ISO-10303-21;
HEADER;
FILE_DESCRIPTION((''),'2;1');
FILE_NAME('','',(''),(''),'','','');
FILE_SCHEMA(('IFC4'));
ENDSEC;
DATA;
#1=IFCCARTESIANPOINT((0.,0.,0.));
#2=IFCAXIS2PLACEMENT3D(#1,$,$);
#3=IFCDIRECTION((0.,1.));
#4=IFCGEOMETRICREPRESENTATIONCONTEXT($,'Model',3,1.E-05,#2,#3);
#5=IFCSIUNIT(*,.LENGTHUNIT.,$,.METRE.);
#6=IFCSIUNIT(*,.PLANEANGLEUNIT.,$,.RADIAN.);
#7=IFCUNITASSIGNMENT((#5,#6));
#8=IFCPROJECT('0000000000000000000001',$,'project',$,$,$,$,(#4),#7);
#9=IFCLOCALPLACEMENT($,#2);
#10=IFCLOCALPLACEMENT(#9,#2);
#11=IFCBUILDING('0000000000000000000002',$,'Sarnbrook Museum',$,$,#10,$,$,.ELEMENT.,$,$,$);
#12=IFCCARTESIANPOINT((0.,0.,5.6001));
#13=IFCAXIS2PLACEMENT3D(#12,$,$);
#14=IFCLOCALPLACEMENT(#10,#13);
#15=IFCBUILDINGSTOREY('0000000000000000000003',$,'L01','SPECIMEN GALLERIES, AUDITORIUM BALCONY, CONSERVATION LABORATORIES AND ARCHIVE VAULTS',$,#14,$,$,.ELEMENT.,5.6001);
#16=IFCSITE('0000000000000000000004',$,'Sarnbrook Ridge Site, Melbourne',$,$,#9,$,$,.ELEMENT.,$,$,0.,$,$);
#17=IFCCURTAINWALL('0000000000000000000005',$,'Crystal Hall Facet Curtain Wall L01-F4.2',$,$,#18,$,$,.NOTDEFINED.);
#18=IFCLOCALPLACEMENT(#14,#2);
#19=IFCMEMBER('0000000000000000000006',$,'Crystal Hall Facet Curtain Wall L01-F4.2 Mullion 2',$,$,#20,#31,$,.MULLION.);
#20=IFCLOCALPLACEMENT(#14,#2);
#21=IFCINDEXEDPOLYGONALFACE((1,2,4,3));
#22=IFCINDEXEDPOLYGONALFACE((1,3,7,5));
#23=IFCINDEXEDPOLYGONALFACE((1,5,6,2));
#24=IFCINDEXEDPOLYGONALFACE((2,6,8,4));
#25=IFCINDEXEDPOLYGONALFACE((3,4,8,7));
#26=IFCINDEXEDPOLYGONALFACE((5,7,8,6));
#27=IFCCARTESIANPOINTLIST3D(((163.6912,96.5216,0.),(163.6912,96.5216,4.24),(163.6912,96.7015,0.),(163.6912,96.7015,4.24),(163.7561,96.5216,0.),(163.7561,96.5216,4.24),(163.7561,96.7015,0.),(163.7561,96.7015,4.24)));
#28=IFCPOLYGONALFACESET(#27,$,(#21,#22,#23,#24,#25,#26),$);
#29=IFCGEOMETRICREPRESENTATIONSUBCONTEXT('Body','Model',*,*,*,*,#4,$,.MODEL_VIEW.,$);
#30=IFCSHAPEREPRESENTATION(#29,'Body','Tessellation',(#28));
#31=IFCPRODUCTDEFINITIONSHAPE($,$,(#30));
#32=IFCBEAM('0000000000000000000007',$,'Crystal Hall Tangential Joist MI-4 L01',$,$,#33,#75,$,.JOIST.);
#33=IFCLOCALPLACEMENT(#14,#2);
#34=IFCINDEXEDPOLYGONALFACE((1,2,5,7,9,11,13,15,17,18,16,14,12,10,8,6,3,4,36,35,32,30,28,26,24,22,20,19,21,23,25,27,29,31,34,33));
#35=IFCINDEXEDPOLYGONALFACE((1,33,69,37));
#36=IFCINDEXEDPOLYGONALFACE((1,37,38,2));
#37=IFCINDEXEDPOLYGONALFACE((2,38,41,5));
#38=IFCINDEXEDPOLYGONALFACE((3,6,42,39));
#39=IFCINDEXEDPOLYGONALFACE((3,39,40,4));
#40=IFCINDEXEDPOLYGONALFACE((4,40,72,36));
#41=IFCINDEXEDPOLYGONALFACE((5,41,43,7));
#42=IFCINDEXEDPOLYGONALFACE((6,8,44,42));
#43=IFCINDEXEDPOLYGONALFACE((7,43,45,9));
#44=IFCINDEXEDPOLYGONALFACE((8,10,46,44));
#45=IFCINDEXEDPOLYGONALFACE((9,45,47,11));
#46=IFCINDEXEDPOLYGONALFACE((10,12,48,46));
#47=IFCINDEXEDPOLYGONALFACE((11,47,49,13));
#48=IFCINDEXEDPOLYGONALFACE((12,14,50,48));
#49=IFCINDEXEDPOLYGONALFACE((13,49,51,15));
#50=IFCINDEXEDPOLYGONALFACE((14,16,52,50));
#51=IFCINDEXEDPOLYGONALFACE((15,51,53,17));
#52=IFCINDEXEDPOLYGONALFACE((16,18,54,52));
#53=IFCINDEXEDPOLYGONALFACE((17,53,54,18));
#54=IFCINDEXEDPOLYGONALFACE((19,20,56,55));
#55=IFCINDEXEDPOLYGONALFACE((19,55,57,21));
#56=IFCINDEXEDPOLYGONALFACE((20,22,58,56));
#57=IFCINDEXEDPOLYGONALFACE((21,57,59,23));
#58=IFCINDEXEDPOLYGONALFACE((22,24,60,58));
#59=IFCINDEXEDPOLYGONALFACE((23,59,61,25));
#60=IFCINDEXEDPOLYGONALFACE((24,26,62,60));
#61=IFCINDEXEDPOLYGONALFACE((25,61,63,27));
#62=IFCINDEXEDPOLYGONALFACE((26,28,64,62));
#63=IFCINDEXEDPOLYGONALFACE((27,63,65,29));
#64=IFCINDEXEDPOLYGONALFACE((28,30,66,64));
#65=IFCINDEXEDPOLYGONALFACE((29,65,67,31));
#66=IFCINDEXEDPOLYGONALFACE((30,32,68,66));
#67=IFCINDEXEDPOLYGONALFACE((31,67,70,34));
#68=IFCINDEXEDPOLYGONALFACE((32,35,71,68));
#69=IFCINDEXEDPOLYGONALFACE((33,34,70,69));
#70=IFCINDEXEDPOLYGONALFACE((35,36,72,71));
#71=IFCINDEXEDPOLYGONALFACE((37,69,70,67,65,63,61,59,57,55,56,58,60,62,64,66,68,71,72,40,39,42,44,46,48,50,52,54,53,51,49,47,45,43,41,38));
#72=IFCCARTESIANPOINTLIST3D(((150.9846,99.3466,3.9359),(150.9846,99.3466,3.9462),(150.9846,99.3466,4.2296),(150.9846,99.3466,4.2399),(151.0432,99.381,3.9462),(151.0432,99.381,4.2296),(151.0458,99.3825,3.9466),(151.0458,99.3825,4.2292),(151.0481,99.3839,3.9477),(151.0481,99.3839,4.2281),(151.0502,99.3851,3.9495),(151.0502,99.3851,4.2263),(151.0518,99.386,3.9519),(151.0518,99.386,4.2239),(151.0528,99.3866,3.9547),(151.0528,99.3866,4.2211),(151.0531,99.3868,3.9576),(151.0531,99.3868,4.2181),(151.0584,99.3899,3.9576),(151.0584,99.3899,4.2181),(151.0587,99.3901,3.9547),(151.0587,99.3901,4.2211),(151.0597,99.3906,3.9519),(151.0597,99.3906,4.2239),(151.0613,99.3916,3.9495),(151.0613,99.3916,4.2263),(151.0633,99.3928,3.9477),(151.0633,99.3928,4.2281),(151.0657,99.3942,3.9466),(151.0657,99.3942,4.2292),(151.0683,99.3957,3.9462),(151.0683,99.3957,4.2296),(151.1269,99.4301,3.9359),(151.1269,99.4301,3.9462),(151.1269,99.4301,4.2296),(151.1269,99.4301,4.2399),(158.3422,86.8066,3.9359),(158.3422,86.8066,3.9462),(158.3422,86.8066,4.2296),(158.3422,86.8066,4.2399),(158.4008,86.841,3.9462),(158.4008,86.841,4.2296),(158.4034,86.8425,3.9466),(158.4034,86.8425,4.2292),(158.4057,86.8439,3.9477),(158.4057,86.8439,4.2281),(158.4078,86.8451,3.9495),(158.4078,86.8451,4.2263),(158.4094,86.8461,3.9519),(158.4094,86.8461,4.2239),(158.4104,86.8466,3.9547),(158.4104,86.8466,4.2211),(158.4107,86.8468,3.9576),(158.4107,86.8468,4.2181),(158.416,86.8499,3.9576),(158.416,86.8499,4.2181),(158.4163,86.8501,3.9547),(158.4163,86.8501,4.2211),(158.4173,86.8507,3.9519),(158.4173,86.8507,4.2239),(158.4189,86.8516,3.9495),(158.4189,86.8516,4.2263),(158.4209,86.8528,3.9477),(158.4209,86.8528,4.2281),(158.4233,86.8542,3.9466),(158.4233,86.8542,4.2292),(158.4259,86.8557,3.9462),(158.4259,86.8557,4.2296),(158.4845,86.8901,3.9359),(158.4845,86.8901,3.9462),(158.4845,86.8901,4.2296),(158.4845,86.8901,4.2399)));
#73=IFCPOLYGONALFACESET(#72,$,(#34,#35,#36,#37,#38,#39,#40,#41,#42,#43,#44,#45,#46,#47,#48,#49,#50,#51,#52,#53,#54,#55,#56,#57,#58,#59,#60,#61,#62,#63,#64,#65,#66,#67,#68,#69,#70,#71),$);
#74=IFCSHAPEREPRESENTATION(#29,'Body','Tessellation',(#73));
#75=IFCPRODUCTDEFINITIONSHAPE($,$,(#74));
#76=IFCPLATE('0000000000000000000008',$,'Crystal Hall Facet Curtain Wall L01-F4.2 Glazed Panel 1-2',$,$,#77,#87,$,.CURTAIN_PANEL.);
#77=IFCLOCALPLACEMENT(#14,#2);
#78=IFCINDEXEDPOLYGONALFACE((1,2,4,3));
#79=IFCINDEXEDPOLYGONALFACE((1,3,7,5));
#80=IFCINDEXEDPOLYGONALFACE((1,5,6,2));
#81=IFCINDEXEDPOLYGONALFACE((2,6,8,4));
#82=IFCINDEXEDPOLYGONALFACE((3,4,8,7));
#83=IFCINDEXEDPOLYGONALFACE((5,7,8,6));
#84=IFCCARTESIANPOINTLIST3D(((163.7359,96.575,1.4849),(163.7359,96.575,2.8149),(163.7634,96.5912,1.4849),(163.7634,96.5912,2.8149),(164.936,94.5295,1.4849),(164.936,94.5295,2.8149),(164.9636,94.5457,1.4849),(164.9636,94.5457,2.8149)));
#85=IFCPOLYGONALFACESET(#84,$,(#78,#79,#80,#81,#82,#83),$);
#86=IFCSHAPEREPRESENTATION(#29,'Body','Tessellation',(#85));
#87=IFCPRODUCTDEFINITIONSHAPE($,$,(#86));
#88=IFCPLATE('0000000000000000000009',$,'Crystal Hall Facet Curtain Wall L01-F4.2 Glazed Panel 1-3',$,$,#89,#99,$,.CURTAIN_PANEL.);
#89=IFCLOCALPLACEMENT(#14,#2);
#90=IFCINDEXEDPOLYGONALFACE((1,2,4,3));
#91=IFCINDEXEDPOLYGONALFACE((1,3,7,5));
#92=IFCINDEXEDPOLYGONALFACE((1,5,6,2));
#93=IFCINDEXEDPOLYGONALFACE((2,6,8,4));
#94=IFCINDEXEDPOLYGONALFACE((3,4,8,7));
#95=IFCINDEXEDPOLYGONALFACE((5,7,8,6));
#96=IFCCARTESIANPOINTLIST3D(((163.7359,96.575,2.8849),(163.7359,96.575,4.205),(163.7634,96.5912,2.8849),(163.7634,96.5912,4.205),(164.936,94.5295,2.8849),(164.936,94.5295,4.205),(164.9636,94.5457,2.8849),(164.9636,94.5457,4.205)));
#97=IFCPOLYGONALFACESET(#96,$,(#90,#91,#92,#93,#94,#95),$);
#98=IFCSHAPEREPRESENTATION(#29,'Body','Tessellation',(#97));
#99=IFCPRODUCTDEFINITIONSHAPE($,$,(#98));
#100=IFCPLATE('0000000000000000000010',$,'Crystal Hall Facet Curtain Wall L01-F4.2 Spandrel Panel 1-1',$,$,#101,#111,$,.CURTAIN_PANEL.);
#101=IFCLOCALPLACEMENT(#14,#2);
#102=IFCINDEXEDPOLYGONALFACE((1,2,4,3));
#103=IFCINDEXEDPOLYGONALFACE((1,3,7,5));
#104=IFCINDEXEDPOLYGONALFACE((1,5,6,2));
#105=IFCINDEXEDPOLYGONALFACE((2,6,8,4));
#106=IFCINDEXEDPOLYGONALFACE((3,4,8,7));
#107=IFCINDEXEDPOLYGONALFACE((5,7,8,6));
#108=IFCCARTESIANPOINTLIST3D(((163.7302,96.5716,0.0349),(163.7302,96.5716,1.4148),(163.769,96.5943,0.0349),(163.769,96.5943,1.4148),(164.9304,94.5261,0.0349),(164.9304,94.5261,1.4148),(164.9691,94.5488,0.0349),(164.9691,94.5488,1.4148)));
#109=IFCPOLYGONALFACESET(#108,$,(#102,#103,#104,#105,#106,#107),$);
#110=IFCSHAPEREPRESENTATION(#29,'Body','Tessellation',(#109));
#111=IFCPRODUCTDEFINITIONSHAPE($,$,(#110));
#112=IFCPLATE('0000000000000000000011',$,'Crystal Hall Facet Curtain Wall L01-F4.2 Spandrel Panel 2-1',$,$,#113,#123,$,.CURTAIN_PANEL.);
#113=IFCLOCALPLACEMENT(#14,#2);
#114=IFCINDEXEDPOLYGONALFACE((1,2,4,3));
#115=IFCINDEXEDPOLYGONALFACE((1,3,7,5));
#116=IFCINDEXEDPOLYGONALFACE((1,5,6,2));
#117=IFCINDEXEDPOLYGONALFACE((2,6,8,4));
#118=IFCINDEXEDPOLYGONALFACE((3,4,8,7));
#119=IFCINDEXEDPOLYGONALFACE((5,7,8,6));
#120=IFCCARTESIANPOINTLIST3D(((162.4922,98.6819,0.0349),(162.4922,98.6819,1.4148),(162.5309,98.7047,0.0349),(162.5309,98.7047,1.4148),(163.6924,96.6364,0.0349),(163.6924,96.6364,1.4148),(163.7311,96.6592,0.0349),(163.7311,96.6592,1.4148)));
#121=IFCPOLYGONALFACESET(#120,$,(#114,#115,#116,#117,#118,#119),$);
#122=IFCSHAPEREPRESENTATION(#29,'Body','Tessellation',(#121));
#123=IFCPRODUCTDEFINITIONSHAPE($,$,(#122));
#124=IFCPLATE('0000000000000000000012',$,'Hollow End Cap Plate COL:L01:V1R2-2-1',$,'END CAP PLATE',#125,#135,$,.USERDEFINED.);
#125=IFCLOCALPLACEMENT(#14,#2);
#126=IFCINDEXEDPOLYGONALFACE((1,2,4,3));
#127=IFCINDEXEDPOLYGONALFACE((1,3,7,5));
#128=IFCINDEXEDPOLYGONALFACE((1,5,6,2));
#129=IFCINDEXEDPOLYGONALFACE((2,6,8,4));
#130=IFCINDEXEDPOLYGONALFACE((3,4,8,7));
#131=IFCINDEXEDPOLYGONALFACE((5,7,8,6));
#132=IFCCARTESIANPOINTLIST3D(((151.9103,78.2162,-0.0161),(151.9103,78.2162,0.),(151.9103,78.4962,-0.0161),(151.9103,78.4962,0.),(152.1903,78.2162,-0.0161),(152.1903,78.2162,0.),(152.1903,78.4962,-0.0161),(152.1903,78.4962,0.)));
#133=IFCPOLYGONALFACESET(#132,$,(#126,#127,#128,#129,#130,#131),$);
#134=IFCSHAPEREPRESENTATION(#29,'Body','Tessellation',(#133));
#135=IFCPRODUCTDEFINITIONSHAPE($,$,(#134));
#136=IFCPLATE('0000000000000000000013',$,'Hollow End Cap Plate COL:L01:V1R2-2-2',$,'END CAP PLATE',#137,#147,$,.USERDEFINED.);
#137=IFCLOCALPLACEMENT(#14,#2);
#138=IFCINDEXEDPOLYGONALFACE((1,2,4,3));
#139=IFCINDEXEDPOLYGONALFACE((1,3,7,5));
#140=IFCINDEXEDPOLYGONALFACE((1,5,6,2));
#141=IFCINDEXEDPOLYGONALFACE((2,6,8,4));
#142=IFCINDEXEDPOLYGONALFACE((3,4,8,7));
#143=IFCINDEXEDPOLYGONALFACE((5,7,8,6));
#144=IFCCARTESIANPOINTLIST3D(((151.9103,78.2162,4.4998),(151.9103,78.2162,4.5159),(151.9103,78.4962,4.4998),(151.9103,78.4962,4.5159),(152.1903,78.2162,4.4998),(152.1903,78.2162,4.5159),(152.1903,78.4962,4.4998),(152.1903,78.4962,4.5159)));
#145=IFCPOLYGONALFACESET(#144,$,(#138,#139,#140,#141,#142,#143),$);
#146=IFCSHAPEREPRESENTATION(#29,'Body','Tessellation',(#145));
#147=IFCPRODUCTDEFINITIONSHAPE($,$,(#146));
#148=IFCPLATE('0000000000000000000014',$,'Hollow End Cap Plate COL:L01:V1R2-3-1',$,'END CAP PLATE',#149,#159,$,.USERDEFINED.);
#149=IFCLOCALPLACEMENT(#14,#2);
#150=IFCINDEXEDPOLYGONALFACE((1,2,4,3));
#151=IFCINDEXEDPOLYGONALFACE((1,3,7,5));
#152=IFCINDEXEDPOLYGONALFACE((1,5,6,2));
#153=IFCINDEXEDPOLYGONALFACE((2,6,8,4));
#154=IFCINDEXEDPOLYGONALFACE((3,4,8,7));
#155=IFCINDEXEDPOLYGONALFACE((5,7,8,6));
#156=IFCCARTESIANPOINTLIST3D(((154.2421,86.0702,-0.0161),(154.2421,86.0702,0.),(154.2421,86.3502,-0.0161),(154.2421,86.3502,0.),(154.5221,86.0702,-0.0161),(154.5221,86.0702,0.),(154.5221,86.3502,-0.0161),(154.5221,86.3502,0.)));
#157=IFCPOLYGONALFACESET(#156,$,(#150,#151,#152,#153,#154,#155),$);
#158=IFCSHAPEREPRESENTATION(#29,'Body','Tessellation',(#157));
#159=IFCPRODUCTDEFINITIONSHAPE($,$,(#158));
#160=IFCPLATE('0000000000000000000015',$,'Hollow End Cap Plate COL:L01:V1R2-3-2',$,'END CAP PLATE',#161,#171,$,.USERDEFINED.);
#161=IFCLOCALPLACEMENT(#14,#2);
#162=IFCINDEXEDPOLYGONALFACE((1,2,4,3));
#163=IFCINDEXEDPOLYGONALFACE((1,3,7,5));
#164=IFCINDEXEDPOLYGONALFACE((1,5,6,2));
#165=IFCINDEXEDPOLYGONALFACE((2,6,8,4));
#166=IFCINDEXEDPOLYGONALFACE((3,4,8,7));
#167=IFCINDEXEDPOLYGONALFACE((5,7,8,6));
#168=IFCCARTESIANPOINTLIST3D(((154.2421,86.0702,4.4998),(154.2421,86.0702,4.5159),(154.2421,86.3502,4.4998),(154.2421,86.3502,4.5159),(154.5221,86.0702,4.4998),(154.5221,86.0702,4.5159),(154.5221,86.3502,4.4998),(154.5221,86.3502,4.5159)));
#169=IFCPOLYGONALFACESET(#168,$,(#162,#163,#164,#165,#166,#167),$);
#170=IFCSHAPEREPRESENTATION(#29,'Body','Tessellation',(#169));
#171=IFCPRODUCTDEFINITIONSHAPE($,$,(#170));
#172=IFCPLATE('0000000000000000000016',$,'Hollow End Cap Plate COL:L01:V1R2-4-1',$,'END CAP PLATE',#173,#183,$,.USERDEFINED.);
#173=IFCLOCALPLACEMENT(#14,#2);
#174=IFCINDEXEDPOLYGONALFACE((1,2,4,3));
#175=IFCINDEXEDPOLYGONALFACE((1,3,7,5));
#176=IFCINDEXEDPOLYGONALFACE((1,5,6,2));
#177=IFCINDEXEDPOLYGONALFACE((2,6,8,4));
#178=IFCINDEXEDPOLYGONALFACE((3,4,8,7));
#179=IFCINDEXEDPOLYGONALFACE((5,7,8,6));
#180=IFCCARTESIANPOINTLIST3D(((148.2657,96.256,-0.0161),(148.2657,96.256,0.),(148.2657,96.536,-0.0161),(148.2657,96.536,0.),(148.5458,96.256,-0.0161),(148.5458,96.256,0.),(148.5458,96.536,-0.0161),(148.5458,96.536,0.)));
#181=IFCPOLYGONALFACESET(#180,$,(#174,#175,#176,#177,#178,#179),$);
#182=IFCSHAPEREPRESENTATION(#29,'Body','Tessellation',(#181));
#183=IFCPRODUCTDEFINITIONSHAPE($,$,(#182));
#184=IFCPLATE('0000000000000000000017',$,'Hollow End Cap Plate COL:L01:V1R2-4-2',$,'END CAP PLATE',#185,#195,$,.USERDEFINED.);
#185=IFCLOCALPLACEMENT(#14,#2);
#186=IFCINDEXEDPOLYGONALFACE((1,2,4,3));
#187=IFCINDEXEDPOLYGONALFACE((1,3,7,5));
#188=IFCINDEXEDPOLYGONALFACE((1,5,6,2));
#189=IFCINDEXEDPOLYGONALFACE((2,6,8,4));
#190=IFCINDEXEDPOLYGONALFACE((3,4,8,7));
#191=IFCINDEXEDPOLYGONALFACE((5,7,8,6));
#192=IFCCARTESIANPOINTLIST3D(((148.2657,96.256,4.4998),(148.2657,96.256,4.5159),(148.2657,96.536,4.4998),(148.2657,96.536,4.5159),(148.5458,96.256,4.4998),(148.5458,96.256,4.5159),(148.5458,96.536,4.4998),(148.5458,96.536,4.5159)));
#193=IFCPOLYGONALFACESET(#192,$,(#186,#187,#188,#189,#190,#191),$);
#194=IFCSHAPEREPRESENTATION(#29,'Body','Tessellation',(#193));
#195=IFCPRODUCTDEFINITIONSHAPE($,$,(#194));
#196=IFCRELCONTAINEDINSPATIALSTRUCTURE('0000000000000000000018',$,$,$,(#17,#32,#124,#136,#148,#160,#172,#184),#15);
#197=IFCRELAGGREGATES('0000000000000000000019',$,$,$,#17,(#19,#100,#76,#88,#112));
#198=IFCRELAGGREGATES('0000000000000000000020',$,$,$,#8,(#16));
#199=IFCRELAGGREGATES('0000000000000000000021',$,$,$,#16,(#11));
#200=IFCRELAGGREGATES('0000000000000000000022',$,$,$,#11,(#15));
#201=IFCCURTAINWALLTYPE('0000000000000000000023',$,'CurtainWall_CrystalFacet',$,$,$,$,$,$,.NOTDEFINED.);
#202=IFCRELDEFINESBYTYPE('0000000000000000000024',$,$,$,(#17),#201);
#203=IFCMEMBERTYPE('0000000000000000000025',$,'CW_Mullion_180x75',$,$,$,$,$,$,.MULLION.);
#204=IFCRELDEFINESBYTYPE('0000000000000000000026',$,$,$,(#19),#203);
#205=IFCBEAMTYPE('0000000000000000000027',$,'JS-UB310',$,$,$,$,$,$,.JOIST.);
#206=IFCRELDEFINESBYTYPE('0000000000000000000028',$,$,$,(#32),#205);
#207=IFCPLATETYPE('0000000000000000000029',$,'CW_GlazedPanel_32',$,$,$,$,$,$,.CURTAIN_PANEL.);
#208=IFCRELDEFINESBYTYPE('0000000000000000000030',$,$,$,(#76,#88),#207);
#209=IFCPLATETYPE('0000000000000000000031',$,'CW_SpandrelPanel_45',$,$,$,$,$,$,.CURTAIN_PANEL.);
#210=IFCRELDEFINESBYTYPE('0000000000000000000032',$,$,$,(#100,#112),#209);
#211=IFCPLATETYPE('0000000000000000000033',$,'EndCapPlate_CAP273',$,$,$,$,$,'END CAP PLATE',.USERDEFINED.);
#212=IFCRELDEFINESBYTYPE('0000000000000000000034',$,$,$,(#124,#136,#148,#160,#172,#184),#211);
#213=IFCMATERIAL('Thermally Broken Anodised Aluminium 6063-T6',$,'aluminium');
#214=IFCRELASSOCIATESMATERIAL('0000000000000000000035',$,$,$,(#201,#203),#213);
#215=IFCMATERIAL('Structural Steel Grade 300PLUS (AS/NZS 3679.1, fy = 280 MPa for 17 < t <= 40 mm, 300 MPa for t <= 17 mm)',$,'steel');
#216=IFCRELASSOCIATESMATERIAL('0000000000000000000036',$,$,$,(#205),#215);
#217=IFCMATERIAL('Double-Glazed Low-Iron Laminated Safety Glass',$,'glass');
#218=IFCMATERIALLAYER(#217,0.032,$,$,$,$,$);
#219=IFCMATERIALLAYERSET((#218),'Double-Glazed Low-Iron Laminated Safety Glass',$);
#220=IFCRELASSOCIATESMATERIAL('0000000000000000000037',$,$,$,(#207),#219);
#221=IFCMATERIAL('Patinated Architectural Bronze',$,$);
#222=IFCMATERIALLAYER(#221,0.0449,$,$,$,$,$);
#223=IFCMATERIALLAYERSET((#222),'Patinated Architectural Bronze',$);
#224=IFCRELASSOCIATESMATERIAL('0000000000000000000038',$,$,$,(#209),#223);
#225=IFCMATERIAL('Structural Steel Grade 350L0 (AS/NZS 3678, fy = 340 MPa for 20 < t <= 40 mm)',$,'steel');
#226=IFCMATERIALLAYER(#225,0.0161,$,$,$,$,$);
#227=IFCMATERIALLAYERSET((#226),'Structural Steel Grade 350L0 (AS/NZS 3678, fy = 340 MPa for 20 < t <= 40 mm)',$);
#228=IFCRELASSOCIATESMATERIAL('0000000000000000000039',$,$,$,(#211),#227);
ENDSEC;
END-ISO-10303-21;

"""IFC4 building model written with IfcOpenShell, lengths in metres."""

from ifc_helpers import new_model, si_unit, direction, frame, origin, origin_2d, place, context, subcontext, project, spatial, rectangle, i_section, extrude, material, layer, layer_set, material_profile, profile_set, type_object, element, aggregate, save


model = new_model("IFC4")

# Units and contexts
model_context = context("Model", 3, precision=1e-05, world=origin(), true_north=direction((0.0, 1.0)))
body_context = subcontext(model_context, "Body", "Model", "MODEL_VIEW")
ifc_project = project(units=[si_unit("LENGTHUNIT", "METRE"), si_unit("PLANEANGLEUNIT", "RADIAN")], contexts=[model_context])

# Site, building, storey
site_placement = place(None, origin())
site = spatial("IfcSite", under=ifc_project, at=site_placement, Name="Sarnbrook Ridge Site, Melbourne", CompositionType="ELEMENT", RefElevation=0.0)
building_placement = place(site_placement, origin())
building = spatial("IfcBuilding", under=site, at=building_placement, Name="Sarnbrook Museum", CompositionType="ELEMENT")
storey_placement = place(building_placement, frame((0.0, 0.0, 5.6001)))
storey = spatial("IfcBuildingStorey", under=building, at=storey_placement, Name="L01", Description="SPECIMEN GALLERIES, AUDITORIUM BALCONY, CONSERVATION LABORATORIES AND ARCHIVE VAULTS", CompositionType="ELEMENT", Elevation=5.6001)

# Shared definitions
ifc_material_1 = material(Name="Structural Steel Grade 350L0 (AS/NZS 3678, fy = 340 MPa for 20 < t <= 40 mm)", Category="steel")

# Shared definitions
ifc_material_2 = material(Name="Structural Steel Grade 300PLUS (AS/NZS 3679.1, fy = 280 MPa for 17 < t <= 40 mm, 300 MPa for t <= 17 mm)", Category="steel")

# Curtain wall, member
ifc_material_3 = material(Name="Thermally Broken Anodised Aluminium 6063-T6", Category="aluminium")
curtain_wall_type = type_object("IfcCurtainWallType", Name="CurtainWall_CrystalFacet", PredefinedType="NOTDEFINED", material=ifc_material_3)
curtain_wall_placement = place(storey_placement, origin())
curtain_wall = element("IfcCurtainWall", 1, at=curtain_wall_placement, inside=storey, type_object=curtain_wall_type, Name="Crystal Hall Facet Curtain Wall L01-F4.2", PredefinedType="NOTDEFINED")
ifc_material_profile_1 = material_profile(ifc_material_3, rectangle(XDim=0.0649, YDim=0.1799, at=origin_2d()), Name="ALU MULLION 65x180")
ifc_profile_set_1 = profile_set([ifc_material_profile_1], Name="Thermally Broken Anodised Aluminium 6063-T6")
member_type = type_object("IfcMemberType", Name="CW_Mullion_180x75", PredefinedType="MULLION", material=ifc_profile_set_1)
member_placement = place(storey_placement, frame((163.7236, 96.6116, 0.0), z_axis=(0.0, 0.0, 1.0), x_axis=(1.0, 0.0, 0.0)))
member = element("IfcMember", 2, at=member_placement, type_object=member_type, Name="Crystal Hall Facet Curtain Wall L01-F4.2 Mullion 2", PredefinedType="MULLION", context=body_context, shape_type="SweptSolid", body=[
    extrude(rectangle(XDim=0.0649, YDim=0.1799, at=origin_2d()), origin(), (0.0, 0.0, 1.0), 4.24),
])

# Beam
ifc_material_profile_2 = material_profile(ifc_material_2, i_section(OverallWidth=0.165, OverallDepth=0.304, WebThickness=0.0061, FlangeThickness=0.0103, FilletRadius=0.0115, at=origin_2d()), Name="310UB40.4")
ifc_profile_set_2 = profile_set([ifc_material_profile_2], Name="Structural Steel Grade 300PLUS (AS/NZS 3679.1, fy = 280 MPa for 17 < t <= 40 mm, 300 MPa for t <= 17 mm)")
beam_type_1 = type_object("IfcBeamType", Name="JS-UB310", PredefinedType="JOIST", material=ifc_profile_set_2)
beam_1_placement = place(storey_placement, frame((158.4133, 86.8484, 4.0879), z_axis=(-0.506058, 0.8625, 0.0), x_axis=(-0.8625, -0.506058, 0.0)))
element("IfcBeam", 3, at=beam_1_placement, inside=storey, type_object=beam_type_1, Name="Crystal Hall Tangential Joist MI-4 L01", PredefinedType="JOIST", context=body_context, shape_type="SweptSolid", body=[
    extrude(i_section(OverallWidth=0.165, OverallDepth=0.304, WebThickness=0.0061, FlangeThickness=0.0103, FilletRadius=0.0115, at=origin_2d()), origin(), (0.0, 0.0, 1.0), 14.5391),
])

# Plates
ifc_material_4 = material(Name="Double-Glazed Low-Iron Laminated Safety Glass", Category="glass")
ifc_layer_1 = layer(ifc_material_4, 0.032)
ifc_layer_set_1 = layer_set([ifc_layer_1], Name="Double-Glazed Low-Iron Laminated Safety Glass")
plate_type_1 = type_object("IfcPlateType", Name="CW_GlazedPanel_32", PredefinedType="CURTAIN_PANEL", material=ifc_layer_set_1)
plate_1_placement = place(storey_placement, frame((164.3359, 95.5522, 2.1499), z_axis=(0.862498, 0.50606, 0.0), x_axis=(-0.50606, 0.862498, 0.0)))
plate_1 = element("IfcPlate", 4, at=plate_1_placement, type_object=plate_type_1, Name="Crystal Hall Facet Curtain Wall L01-F4.2 Glazed Panel 1-2", PredefinedType="CURTAIN_PANEL", context=body_context, shape_type="SweptSolid", body=[
    extrude(rectangle(XDim=2.3716, YDim=1.3301, at=origin_2d()), origin(), (0.0, 0.0, 1.0), 0.032),
])
plate_2_placement = place(storey_placement, frame((164.3359, 95.5522, 3.5449), z_axis=(0.862498, 0.50606, 0.0), x_axis=(-0.50606, 0.862498, 0.0)))
plate_2 = element("IfcPlate", 5, at=plate_2_placement, type_object=plate_type_1, Name="Crystal Hall Facet Curtain Wall L01-F4.2 Glazed Panel 1-3", PredefinedType="CURTAIN_PANEL", context=body_context, shape_type="SweptSolid", body=[
    extrude(rectangle(XDim=2.3716, YDim=1.3201, at=origin_2d()), origin(), (0.0, 0.0, 1.0), 0.032),
])
ifc_material_5 = material(Name="Patinated Architectural Bronze")
ifc_layer_2 = layer(ifc_material_5, 0.0449)
ifc_layer_set_2 = layer_set([ifc_layer_2], Name="Patinated Architectural Bronze")
plate_type_2 = type_object("IfcPlateType", Name="CW_SpandrelPanel_45", PredefinedType="CURTAIN_PANEL", material=ifc_layer_set_2)
plate_3_placement = place(storey_placement, frame((164.3303, 95.5488, 0.7249), z_axis=(0.862498, 0.50606, 0.0), x_axis=(-0.50606, 0.862498, 0.0)))
plate_3 = element("IfcPlate", 6, at=plate_3_placement, type_object=plate_type_2, Name="Crystal Hall Facet Curtain Wall L01-F4.2 Spandrel Panel 1-1", PredefinedType="CURTAIN_PANEL", context=body_context, shape_type="SweptSolid", body=[
    extrude(rectangle(XDim=2.3716, YDim=1.3799, at=origin_2d()), origin(), (0.0, 0.0, 1.0), 0.0449),
])
plate_4_placement = place(storey_placement, frame((163.0923, 97.6592, 0.7249), z_axis=(0.862498, 0.50606, 0.0), x_axis=(-0.50606, 0.862498, 0.0)))
plate_4 = element("IfcPlate", 7, at=plate_4_placement, type_object=plate_type_2, Name="Crystal Hall Facet Curtain Wall L01-F4.2 Spandrel Panel 2-1", PredefinedType="CURTAIN_PANEL", context=body_context, shape_type="SweptSolid", body=[
    extrude(rectangle(XDim=2.3716, YDim=1.3799, at=origin_2d()), origin(), (0.0, 0.0, 1.0), 0.0449),
])
aggregate(curtain_wall, [member, plate_3, plate_1, plate_2, plate_4])

# Plates
ifc_layer_3 = layer(ifc_material_1, 0.0161)
ifc_layer_set_3 = layer_set([ifc_layer_3], Name="Structural Steel Grade 350L0 (AS/NZS 3678, fy = 340 MPa for 20 < t <= 40 mm)")
plate_type_3 = type_object("IfcPlateType", Name="EndCapPlate_CAP273", ElementType="END CAP PLATE", PredefinedType="USERDEFINED", material=ifc_layer_set_3)
for number, where, z_axis, x_axis, name in (
    (8, (152.0503, 78.3562, -0.0161), (0.0, 0.0, 1.0), (1.0, 0.0, 0.0), "Hollow End Cap Plate COL:L01:V1R2-2-1"),
    (9, (152.0503, 78.3562, 4.4998), (0.0, 0.0, 1.0), (1.0, 0.0, 0.0), "Hollow End Cap Plate COL:L01:V1R2-2-2"),
    (10, (154.3821, 86.2102, -0.0161), (0.0, 0.0, 1.0), (1.0, 0.0, 0.0), "Hollow End Cap Plate COL:L01:V1R2-3-1"),
    (11, (154.3821, 86.2102, 4.4998), (0.0, 0.0, 1.0), (1.0, 0.0, 0.0), "Hollow End Cap Plate COL:L01:V1R2-3-2"),
    (12, (148.4058, 96.396, -0.0161), (0.0, 0.0, 1.0), (1.0, 0.0, 0.0), "Hollow End Cap Plate COL:L01:V1R2-4-1"),
    (13, (148.4058, 96.396, 4.4998), (0.0, 0.0, 1.0), (1.0, 0.0, 0.0), "Hollow End Cap Plate COL:L01:V1R2-4-2"),
):
    element("IfcPlate", number, at=place(storey_placement, frame(where, z_axis=z_axis, x_axis=x_axis)), inside=storey, type_object=plate_type_3, Name=name, ObjectType="END CAP PLATE", PredefinedType="USERDEFINED", context=body_context, shape_type="SweptSolid", body=[
        extrude(rectangle(XDim=0.28, YDim=0.28, at=origin_2d()), origin(), (0.0, 0.0, 1.0), 0.0161),
    ])

save(model, "model.ifc")
